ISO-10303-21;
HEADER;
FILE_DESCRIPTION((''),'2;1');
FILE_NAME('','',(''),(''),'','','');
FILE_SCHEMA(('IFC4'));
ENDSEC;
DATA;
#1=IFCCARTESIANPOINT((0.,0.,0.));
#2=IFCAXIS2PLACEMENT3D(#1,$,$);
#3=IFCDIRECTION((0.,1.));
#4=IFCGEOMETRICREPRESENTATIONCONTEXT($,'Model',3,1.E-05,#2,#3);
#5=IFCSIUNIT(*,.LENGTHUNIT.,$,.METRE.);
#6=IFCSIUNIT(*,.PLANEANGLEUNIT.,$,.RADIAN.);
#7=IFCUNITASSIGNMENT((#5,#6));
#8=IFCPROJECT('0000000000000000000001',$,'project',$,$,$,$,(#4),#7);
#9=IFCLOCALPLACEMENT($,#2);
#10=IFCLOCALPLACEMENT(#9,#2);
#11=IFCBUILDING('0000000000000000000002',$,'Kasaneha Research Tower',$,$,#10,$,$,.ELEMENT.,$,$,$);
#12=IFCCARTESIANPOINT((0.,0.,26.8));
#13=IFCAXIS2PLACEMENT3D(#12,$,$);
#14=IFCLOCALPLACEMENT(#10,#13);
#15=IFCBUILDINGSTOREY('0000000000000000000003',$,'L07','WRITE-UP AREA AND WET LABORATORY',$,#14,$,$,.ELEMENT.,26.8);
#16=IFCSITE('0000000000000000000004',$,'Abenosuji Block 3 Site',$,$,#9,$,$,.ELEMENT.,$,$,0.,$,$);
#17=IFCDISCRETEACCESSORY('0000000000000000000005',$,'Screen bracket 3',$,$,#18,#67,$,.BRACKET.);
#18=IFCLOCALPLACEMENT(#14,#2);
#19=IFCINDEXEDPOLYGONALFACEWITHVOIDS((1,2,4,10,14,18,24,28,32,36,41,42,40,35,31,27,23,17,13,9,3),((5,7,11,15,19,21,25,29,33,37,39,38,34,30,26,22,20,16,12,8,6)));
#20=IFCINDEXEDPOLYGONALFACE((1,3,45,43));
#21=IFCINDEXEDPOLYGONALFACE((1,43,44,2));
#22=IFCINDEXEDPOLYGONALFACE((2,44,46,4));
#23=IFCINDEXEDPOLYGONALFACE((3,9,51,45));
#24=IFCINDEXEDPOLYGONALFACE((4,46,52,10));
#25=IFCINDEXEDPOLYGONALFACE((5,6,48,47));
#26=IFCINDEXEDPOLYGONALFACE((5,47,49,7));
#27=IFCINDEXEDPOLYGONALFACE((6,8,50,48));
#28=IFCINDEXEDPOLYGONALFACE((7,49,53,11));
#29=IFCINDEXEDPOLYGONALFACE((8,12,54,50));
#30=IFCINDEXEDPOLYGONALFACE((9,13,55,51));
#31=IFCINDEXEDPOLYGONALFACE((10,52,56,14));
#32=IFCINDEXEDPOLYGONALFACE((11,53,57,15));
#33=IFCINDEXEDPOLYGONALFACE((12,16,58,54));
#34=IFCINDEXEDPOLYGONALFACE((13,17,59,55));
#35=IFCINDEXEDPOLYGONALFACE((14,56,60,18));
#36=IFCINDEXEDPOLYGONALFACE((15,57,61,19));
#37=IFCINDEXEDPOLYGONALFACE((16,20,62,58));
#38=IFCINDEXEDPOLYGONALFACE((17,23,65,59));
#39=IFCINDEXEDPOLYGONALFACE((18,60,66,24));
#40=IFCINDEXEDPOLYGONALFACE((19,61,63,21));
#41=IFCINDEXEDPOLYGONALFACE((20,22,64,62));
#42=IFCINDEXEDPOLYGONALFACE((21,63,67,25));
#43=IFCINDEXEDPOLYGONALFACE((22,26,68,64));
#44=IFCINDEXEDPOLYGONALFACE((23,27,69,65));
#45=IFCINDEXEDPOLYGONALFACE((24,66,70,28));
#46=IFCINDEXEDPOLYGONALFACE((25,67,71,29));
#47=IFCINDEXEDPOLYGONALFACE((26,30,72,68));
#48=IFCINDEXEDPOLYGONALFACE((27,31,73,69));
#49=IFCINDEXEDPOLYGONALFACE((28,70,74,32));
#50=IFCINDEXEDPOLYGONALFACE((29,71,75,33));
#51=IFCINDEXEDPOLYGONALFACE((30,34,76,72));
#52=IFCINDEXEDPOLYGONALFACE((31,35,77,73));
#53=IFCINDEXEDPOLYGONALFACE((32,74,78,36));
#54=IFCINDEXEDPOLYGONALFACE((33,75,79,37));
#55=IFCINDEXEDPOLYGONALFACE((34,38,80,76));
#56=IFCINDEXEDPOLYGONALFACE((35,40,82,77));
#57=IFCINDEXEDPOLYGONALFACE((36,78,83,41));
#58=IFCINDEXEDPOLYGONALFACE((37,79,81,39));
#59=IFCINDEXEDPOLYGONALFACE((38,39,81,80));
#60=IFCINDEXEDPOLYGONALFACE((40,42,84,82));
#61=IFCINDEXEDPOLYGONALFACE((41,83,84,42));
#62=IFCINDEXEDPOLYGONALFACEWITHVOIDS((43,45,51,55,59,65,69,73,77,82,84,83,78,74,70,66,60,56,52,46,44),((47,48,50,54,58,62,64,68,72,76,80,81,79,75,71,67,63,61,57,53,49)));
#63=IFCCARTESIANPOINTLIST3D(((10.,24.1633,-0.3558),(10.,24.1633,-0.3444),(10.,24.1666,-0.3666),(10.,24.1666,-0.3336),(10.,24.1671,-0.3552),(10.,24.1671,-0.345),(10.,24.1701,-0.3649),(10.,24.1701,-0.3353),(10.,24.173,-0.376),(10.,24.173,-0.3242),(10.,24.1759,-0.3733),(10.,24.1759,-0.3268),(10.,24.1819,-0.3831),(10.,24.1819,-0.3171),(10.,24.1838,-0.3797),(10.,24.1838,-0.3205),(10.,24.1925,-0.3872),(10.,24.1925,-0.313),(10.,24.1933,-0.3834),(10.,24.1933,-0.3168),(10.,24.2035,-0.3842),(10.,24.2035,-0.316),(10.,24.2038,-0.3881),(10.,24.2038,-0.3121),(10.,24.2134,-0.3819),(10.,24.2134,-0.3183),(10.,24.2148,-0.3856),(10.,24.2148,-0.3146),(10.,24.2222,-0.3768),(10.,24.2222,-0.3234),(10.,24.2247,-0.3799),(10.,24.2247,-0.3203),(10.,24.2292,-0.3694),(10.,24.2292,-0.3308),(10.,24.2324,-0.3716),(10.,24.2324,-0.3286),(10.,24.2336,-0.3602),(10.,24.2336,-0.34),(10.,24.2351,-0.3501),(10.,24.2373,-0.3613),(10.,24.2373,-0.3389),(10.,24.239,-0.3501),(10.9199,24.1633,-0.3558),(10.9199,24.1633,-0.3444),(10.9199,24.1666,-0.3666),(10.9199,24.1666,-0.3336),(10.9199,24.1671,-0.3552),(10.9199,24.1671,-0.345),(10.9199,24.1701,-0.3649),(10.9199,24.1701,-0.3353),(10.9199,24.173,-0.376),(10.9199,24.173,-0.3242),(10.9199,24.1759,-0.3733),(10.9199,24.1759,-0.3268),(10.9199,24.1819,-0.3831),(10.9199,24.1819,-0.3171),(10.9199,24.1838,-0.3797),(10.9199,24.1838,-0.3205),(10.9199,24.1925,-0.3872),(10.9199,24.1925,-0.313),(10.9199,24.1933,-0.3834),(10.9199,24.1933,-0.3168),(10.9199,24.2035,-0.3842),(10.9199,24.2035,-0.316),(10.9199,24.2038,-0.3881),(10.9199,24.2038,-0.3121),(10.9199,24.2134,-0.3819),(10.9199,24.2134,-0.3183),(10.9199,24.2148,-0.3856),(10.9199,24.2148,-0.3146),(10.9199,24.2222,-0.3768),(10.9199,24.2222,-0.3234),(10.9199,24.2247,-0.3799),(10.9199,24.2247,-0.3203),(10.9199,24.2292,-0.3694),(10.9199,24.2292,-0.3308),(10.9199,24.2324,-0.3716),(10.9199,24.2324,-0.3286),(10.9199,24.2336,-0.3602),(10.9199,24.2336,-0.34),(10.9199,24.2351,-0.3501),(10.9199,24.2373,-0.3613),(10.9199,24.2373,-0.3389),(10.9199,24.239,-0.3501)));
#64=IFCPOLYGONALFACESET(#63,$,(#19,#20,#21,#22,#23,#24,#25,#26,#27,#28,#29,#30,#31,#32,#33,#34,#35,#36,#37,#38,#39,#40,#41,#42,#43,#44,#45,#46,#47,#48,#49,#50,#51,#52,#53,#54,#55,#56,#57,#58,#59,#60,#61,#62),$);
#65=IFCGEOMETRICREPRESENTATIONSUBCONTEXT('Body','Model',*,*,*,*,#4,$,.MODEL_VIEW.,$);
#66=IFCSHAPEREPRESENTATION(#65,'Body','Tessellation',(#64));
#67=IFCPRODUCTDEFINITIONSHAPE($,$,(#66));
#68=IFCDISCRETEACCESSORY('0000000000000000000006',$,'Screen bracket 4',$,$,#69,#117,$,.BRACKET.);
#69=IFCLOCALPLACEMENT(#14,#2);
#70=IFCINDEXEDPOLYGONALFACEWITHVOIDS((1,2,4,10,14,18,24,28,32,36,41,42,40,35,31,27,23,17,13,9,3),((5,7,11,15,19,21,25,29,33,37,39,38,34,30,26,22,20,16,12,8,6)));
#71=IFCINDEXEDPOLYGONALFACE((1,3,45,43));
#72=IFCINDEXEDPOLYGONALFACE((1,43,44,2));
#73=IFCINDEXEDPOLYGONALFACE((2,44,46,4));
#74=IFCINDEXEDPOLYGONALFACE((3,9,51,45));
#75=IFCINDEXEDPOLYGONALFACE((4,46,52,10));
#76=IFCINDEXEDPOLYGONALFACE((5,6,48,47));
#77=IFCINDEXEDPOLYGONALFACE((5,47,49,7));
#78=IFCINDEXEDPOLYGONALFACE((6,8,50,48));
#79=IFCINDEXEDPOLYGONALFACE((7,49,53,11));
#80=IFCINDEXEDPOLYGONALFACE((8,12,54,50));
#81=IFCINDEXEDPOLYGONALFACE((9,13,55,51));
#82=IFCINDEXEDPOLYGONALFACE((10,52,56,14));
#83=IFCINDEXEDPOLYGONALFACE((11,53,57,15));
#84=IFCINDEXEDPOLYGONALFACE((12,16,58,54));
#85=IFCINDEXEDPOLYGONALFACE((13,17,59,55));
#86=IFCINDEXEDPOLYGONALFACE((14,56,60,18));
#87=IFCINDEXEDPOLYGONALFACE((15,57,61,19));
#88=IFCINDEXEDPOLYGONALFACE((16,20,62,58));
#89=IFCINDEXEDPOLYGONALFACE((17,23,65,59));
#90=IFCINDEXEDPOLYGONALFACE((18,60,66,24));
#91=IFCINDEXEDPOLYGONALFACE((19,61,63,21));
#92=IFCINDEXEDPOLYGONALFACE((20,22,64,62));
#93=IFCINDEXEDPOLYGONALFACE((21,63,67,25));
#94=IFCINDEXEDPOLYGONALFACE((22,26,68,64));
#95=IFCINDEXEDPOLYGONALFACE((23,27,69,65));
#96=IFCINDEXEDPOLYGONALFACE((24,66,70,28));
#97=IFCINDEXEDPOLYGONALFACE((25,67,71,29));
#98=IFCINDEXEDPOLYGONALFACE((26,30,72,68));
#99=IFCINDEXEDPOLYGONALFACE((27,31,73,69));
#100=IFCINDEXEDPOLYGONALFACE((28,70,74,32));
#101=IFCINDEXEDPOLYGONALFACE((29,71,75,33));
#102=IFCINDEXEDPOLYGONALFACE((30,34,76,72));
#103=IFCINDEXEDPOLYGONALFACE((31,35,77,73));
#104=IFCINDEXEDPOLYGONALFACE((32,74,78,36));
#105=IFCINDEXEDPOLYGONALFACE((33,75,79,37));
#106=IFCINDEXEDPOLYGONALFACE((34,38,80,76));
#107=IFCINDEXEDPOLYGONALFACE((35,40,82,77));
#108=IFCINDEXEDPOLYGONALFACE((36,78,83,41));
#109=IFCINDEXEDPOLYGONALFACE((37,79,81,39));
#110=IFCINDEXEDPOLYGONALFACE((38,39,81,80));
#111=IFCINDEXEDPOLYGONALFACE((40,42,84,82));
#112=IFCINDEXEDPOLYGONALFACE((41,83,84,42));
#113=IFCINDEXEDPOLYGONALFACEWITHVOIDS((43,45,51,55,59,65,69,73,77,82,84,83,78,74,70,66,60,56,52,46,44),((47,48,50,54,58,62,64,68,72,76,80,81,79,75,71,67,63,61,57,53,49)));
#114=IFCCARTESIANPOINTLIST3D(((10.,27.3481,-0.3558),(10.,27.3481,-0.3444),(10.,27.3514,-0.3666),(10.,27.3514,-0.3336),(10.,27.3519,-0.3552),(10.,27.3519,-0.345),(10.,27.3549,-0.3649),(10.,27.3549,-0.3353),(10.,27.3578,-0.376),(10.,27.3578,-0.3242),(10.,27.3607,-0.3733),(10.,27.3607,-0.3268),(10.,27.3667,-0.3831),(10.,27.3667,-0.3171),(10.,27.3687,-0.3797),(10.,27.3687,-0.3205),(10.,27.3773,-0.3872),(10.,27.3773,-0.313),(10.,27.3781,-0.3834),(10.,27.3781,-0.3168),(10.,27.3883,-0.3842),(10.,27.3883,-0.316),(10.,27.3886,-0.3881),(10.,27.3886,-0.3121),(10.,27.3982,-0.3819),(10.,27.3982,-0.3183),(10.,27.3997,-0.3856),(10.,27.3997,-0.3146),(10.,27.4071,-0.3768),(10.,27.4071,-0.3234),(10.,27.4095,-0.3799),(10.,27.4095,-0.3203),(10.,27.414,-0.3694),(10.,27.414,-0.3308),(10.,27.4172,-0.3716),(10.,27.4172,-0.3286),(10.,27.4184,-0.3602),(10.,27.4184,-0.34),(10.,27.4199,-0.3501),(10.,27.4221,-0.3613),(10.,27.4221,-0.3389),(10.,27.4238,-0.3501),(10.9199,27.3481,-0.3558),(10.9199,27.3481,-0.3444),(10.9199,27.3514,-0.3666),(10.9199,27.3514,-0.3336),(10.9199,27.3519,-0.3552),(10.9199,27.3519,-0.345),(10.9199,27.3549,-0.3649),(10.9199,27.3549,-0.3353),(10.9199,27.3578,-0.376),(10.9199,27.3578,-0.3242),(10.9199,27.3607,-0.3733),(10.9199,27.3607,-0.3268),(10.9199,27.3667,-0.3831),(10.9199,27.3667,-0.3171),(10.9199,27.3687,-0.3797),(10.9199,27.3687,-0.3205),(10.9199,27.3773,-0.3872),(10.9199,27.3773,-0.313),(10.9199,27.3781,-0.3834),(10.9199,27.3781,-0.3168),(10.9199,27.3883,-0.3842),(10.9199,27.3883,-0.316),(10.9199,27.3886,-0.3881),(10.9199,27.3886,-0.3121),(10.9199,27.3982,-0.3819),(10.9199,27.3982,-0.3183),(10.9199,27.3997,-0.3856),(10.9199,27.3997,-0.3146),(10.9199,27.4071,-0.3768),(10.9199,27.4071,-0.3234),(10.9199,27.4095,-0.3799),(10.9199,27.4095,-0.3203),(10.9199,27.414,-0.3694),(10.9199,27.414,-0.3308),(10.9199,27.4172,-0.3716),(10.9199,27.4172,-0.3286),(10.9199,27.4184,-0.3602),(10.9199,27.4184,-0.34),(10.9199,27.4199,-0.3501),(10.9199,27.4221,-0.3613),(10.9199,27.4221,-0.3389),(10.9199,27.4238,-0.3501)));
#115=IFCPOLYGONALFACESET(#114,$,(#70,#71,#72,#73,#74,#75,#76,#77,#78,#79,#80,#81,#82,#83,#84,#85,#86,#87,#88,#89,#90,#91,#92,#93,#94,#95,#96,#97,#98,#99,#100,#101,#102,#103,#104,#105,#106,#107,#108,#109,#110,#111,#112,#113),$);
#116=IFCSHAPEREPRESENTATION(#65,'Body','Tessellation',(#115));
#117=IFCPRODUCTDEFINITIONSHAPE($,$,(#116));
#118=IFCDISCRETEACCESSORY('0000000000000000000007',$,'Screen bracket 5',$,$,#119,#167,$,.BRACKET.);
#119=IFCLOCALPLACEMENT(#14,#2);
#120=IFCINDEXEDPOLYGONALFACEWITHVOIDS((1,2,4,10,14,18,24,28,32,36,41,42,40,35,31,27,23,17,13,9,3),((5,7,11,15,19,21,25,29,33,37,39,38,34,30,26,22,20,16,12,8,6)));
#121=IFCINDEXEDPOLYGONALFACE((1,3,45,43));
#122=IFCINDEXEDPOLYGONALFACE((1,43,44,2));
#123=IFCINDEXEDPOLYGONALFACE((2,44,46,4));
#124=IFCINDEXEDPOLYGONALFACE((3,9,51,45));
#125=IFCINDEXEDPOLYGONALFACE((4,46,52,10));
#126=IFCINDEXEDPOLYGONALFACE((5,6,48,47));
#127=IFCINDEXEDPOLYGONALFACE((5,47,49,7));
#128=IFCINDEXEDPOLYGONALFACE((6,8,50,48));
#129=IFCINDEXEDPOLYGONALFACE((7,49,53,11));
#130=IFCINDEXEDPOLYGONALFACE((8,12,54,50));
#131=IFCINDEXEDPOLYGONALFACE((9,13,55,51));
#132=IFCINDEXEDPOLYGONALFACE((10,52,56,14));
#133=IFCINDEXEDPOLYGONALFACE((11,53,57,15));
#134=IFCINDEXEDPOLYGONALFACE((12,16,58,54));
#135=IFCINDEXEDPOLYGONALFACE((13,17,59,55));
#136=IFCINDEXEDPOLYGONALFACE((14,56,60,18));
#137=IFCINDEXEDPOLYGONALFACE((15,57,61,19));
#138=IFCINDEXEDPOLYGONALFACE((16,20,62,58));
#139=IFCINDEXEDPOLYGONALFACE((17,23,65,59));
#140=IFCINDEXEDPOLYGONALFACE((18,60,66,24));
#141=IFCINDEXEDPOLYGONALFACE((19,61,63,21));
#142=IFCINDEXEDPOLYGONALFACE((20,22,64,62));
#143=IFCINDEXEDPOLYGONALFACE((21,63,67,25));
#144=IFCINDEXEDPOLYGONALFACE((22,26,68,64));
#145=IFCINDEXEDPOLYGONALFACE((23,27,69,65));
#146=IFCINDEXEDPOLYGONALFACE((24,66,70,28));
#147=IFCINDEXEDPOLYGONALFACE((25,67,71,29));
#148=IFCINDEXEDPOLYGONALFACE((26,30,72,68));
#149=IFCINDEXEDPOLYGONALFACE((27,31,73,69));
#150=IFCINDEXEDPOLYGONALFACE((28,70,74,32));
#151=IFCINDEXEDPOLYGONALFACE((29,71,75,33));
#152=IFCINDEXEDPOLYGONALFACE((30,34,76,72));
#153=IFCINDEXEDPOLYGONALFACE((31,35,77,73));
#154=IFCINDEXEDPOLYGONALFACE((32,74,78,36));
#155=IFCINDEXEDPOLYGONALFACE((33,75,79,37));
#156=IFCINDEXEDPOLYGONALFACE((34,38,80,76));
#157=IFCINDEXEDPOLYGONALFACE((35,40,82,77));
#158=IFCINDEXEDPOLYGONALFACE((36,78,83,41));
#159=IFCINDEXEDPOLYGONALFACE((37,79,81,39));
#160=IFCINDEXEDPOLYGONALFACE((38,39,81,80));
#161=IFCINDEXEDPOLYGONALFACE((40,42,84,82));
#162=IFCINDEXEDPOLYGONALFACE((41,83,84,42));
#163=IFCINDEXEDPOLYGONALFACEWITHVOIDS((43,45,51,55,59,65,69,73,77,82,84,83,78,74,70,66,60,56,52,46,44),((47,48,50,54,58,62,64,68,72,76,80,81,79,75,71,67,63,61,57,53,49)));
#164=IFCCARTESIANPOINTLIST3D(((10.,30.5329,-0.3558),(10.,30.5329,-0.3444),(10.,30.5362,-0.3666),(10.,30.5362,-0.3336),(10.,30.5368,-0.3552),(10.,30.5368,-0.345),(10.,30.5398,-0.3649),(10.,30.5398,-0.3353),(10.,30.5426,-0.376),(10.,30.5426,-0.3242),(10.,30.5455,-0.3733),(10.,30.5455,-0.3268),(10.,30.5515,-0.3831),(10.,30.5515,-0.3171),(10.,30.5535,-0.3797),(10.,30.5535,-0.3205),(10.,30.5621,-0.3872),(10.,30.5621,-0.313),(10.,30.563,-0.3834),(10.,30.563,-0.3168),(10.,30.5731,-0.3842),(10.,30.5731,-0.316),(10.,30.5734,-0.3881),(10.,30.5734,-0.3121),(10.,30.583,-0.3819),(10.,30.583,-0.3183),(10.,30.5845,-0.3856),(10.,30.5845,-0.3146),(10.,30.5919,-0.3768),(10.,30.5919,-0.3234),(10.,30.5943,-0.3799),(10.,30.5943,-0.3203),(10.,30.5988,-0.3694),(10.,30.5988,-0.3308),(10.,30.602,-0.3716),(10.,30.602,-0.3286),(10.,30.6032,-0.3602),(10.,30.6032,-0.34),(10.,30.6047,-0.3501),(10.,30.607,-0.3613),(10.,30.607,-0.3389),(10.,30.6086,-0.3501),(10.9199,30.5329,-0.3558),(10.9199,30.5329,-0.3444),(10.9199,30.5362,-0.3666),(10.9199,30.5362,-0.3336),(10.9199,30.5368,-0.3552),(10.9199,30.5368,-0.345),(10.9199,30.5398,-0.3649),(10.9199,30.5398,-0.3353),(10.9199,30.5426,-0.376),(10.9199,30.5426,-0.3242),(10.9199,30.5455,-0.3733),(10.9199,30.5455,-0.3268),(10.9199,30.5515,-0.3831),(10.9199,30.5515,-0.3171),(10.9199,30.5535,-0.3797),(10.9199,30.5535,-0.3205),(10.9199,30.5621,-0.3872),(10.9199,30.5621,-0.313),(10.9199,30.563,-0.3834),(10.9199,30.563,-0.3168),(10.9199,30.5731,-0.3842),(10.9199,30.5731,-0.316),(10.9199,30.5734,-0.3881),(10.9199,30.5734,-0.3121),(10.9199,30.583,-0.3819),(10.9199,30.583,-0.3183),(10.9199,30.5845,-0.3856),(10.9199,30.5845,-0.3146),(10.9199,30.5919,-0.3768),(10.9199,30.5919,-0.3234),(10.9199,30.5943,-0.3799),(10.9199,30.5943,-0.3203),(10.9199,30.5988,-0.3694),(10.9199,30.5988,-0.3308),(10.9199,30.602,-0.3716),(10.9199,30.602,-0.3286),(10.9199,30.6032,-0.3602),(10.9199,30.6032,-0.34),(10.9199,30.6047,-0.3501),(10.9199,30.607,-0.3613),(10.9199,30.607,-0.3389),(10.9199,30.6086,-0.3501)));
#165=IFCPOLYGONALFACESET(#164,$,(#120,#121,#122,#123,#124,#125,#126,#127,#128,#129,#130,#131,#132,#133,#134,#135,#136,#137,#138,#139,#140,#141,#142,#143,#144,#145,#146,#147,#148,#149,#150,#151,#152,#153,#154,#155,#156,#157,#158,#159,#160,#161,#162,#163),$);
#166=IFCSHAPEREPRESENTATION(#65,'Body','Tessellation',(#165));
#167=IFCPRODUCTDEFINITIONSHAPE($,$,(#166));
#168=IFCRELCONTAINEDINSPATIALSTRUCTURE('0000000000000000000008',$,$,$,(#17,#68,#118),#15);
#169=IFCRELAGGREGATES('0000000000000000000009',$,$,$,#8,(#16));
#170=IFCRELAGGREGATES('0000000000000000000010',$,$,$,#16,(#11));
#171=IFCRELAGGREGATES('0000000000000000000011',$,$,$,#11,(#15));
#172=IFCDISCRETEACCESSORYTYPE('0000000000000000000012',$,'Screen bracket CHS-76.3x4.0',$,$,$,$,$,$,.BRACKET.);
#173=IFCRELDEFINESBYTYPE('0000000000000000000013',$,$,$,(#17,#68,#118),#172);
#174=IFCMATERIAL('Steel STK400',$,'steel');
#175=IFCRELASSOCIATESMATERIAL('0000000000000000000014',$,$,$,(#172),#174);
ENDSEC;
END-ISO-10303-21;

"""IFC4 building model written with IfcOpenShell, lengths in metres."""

from ifc_helpers import new_model, si_unit, direction, frame, origin, origin_2d, place, context, subcontext, project, spatial, hollow_circle, extrude, material, material_profile, profile_set, type_object, element, save


model = new_model("IFC4")

# Units and contexts
model_context = context("Model", 3, precision=1e-05, world=origin(), true_north=direction((0.0, 1.0)))
body_context = subcontext(model_context, "Body", "Model", "MODEL_VIEW")
ifc_project = project(units=[si_unit("LENGTHUNIT", "METRE"), si_unit("PLANEANGLEUNIT", "RADIAN")], contexts=[model_context])

# Site, building, storey
site_placement = place(None, origin())
site = spatial("IfcSite", under=ifc_project, at=site_placement, Name="Abenosuji Block 3 Site", CompositionType="ELEMENT", RefElevation=0.0)
building_placement = place(site_placement, origin())
building = spatial("IfcBuilding", under=site, at=building_placement, Name="Kasaneha Research Tower", CompositionType="ELEMENT")
storey_placement = place(building_placement, frame((0.0, 0.0, 26.8)))
storey = spatial("IfcBuildingStorey", under=building, at=storey_placement, Name="L07", Description="WRITE-UP AREA AND WET LABORATORY", CompositionType="ELEMENT", Elevation=26.8)

# Discrete accessories
ifc_material_1 = material(Name="Steel STK400", Category="steel")
ifc_material_profile_1 = material_profile(ifc_material_1, hollow_circle(Radius=0.0381, WallThickness=0.0039, at=origin_2d()), Name="CHS-76.3x4.0")
ifc_profile_set_1 = profile_set([ifc_material_profile_1], Name="Steel STK400")
discrete_accessory_type = type_object("IfcDiscreteAccessoryType", Name="Screen bracket CHS-76.3x4.0", PredefinedType="BRACKET", material=ifc_profile_set_1)
for number, where, z_axis, x_axis, name in (
    (1, (10.0, 24.2009, -0.3501), (1.0, 0.0, 0.0), (0.0, 1.0, 0.0), "Screen bracket 3"),
    (2, (10.0, 27.3857, -0.3501), (1.0, 0.0, 0.0), (0.0, 1.0, 0.0), "Screen bracket 4"),
    (3, (10.0, 30.5706, -0.3501), (1.0, 0.0, 0.0), (0.0, 1.0, 0.0), "Screen bracket 5"),
):
    element("IfcDiscreteAccessory", number, at=place(storey_placement, frame(where, z_axis=z_axis, x_axis=x_axis)), inside=storey, type_object=discrete_accessory_type, Name=name, PredefinedType="BRACKET", context=body_context, shape_type="SweptSolid", body=[
        extrude(hollow_circle(Radius=0.0381, WallThickness=0.0039, at=origin_2d()), origin(), (0.0, 0.0, 1.0), 0.9199),
    ])

save(model, "model.ifc")
